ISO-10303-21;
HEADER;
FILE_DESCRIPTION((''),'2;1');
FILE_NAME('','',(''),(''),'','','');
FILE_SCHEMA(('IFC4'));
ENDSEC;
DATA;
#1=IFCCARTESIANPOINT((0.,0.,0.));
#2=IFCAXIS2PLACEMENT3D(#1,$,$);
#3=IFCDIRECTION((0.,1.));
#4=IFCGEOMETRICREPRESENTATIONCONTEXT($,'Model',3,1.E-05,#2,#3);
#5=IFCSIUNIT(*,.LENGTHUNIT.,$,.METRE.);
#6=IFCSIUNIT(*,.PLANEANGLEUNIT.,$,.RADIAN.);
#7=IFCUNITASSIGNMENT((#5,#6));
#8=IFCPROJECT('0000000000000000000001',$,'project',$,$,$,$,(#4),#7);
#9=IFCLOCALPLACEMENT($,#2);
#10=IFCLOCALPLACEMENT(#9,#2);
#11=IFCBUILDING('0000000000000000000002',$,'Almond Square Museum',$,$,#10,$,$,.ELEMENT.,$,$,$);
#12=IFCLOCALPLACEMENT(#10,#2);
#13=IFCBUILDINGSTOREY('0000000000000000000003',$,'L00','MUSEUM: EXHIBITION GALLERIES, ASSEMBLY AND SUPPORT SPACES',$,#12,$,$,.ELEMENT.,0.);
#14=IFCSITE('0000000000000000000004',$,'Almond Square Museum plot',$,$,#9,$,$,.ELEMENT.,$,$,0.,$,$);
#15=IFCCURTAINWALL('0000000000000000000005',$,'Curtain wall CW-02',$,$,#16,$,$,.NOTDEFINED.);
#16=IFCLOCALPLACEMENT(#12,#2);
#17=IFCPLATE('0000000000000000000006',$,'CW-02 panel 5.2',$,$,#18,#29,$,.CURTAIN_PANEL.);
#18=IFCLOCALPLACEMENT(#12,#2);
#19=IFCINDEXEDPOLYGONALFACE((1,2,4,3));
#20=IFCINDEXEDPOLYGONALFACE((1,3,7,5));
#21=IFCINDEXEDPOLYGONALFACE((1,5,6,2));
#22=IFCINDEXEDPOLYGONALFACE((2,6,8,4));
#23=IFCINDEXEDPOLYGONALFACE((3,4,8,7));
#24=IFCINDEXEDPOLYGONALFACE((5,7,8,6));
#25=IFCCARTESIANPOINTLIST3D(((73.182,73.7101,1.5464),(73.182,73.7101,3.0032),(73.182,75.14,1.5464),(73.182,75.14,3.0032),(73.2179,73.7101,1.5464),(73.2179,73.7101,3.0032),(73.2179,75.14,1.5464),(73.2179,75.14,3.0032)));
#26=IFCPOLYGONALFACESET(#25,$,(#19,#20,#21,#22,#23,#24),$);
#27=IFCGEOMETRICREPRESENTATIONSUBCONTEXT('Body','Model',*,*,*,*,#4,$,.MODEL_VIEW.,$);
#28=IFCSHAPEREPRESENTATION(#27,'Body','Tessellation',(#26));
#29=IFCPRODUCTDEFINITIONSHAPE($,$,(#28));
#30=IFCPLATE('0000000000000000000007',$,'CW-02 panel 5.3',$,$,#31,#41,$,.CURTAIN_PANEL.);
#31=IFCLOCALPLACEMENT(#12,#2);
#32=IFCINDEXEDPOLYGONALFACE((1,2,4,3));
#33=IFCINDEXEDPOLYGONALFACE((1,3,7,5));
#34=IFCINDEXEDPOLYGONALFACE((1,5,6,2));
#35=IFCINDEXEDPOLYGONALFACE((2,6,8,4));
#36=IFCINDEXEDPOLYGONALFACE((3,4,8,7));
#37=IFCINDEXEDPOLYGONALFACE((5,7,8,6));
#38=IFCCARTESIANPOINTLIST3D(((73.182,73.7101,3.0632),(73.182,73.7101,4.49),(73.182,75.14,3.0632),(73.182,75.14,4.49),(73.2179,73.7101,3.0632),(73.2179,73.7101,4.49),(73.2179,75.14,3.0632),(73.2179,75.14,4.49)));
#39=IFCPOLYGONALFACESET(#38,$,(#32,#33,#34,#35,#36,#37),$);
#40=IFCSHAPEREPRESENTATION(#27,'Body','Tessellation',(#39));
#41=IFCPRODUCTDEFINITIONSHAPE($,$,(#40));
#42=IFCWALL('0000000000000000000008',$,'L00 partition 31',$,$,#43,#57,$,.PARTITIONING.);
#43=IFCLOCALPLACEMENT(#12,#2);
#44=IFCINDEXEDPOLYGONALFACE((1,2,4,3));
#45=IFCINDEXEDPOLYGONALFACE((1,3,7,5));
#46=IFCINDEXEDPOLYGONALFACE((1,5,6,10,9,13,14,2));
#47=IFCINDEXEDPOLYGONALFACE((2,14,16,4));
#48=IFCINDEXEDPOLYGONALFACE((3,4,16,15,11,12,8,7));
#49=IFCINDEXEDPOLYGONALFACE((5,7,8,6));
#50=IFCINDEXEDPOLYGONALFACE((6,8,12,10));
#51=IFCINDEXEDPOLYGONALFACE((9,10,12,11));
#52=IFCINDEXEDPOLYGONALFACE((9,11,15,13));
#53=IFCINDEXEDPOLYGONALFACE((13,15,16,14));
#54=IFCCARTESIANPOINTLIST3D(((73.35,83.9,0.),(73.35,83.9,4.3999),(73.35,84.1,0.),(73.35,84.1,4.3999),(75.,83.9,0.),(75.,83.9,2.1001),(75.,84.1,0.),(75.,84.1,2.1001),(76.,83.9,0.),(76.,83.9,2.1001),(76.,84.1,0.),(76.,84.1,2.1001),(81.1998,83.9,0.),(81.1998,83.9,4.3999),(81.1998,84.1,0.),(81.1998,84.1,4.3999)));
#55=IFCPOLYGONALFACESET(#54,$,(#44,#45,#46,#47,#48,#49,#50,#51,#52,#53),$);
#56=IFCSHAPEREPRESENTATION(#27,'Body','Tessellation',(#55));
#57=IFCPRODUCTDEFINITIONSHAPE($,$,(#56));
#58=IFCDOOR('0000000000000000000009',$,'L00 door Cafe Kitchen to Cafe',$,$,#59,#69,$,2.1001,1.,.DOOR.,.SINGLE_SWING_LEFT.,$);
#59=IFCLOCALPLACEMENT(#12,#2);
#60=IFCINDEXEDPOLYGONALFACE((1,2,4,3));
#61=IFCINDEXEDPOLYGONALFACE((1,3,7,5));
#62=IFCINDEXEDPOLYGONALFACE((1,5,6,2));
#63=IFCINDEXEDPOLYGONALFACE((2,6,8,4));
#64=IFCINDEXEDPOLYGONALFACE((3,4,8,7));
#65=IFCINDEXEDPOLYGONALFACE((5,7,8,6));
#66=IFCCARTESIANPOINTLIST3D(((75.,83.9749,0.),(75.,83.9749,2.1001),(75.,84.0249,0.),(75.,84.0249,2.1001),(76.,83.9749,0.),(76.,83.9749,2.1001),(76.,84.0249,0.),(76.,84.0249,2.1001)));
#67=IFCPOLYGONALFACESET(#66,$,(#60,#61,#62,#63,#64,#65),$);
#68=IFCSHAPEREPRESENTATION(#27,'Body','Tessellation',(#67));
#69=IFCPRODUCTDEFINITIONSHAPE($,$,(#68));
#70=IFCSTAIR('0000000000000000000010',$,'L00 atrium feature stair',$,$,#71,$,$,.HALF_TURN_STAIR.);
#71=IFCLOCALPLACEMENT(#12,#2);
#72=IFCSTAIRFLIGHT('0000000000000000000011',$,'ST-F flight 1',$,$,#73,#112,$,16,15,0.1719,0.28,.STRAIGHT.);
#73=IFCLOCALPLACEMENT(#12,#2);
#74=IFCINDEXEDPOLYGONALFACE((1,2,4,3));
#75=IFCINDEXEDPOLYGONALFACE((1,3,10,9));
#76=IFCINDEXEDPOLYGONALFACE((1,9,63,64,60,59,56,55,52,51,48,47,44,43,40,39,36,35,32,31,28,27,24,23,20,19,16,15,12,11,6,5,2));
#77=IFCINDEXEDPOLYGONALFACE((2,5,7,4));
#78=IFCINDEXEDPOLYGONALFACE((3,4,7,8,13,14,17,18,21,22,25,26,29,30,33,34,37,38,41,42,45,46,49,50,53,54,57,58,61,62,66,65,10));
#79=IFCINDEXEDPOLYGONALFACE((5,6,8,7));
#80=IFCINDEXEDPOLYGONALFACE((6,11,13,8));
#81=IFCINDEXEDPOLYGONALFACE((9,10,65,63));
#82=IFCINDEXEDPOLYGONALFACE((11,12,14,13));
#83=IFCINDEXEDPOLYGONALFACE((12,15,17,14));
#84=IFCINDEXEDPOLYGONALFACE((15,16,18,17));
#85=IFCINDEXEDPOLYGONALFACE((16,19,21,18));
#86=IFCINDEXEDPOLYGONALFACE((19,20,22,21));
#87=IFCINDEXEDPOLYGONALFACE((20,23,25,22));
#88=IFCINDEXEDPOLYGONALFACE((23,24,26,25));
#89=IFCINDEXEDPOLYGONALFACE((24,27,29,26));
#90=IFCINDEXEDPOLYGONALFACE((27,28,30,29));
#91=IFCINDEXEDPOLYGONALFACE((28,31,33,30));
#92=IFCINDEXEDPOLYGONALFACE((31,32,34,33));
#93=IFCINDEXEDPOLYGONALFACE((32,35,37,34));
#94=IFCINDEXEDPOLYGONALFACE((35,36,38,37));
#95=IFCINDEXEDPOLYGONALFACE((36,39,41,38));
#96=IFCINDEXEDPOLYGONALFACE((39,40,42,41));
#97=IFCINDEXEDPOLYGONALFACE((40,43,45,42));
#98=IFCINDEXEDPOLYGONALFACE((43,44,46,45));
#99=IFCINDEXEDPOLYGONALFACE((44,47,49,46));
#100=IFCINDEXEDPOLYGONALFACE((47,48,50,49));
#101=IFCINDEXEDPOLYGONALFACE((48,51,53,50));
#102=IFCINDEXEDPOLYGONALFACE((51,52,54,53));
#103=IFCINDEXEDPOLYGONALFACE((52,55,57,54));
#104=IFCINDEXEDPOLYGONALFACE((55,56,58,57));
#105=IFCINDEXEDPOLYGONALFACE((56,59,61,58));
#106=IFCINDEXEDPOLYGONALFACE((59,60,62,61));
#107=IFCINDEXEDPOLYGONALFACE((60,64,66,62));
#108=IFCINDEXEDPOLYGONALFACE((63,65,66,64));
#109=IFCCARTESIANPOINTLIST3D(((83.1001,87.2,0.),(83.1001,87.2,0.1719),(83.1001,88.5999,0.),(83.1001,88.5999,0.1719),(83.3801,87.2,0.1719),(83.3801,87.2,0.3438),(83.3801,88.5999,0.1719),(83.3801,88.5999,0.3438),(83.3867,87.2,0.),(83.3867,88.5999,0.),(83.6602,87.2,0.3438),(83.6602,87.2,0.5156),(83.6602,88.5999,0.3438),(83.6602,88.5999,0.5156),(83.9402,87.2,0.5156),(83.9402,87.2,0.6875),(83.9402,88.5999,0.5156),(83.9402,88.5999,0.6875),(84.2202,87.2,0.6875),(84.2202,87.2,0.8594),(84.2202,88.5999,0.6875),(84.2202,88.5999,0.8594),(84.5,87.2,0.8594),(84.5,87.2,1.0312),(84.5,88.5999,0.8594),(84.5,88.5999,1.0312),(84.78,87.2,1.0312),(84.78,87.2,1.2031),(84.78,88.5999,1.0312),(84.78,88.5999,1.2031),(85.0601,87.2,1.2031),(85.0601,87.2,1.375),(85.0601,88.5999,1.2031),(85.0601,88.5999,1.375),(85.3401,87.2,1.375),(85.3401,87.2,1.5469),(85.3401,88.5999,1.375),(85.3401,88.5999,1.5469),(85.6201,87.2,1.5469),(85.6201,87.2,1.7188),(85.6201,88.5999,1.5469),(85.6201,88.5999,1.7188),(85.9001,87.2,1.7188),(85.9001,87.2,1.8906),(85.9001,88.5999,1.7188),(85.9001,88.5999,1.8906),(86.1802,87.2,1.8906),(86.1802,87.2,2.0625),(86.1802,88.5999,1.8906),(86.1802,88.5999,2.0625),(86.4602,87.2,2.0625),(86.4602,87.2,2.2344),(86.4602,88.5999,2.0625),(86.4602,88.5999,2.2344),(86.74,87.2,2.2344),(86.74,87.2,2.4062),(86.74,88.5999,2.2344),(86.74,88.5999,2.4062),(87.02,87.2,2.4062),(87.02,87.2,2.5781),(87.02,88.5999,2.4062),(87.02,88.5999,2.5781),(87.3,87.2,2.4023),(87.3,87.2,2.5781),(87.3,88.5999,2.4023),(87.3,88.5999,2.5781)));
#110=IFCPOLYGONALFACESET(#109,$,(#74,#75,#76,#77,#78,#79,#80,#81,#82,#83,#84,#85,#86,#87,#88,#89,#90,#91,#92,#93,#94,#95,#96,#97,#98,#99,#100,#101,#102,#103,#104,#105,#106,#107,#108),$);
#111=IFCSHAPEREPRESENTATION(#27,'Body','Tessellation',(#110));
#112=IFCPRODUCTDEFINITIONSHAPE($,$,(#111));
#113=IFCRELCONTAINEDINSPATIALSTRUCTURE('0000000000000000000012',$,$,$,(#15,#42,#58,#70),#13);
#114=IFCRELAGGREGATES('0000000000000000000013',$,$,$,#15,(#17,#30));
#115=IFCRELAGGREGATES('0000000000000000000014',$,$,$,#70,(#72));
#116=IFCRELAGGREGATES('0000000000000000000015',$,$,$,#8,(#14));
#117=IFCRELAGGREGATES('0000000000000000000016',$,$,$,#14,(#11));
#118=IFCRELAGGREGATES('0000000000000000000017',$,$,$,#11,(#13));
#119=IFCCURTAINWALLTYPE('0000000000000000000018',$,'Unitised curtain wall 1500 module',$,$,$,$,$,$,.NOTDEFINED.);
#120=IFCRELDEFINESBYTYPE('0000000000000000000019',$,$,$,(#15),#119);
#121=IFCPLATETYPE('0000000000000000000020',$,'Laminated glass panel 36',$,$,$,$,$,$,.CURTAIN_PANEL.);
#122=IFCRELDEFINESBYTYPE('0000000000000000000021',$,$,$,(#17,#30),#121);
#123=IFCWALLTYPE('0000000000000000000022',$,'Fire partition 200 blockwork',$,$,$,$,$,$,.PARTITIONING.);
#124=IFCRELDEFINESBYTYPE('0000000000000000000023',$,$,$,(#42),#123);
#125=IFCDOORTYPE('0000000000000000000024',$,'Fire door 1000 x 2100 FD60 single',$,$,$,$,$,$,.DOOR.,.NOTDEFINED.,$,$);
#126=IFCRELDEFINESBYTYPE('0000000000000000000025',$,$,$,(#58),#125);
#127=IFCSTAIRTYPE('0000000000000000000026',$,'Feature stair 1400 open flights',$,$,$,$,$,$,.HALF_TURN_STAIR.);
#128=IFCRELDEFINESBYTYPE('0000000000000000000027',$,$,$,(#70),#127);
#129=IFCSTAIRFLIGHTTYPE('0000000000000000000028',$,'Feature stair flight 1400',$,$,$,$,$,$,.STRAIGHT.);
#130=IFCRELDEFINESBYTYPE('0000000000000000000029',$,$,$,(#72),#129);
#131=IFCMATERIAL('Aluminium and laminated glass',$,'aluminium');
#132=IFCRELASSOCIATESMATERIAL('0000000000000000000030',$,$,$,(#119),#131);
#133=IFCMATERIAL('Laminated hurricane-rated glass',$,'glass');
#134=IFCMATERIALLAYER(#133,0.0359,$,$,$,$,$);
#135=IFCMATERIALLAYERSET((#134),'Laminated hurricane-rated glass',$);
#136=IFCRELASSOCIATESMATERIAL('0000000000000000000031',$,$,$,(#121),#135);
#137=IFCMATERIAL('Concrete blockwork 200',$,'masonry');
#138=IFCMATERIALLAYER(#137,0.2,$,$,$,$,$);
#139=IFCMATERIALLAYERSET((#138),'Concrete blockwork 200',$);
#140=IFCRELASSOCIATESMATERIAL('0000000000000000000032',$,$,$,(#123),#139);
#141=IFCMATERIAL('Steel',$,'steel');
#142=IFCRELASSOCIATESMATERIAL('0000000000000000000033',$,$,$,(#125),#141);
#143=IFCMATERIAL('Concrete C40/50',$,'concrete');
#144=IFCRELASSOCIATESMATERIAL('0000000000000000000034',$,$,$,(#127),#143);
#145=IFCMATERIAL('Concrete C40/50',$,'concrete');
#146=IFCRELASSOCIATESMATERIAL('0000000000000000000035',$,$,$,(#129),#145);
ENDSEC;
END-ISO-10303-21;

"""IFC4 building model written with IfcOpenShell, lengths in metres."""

from ifc_helpers import new_model, si_unit, direction, frame, frame_2d, origin, origin_2d, place, context, subcontext, project, spatial, polyline, rectangle, outline, extrude, material, layer, layer_set, type_object, element, fill, aggregate, save


model = new_model("IFC4")

# Units and contexts
model_context = context("Model", 3, precision=1e-05, world=origin(), true_north=direction((0.0, 1.0)))
body_context = subcontext(model_context, "Body", "Model", "MODEL_VIEW")
ifc_project = project(units=[si_unit("LENGTHUNIT", "METRE"), si_unit("PLANEANGLEUNIT", "RADIAN")], contexts=[model_context])

# Site, building, storey
site_placement = place(None, origin())
site = spatial("IfcSite", under=ifc_project, at=site_placement, Name="Almond Square Museum plot", CompositionType="ELEMENT", RefElevation=0.0)
building_placement = place(site_placement, origin())
building = spatial("IfcBuilding", under=site, at=building_placement, Name="Almond Square Museum", CompositionType="ELEMENT")
storey_placement = place(building_placement, origin())
storey = spatial("IfcBuildingStorey", under=building, at=storey_placement, Name="L00", Description="MUSEUM: EXHIBITION GALLERIES, ASSEMBLY AND SUPPORT SPACES", CompositionType="ELEMENT", Elevation=0.0)

# Curtain wall
ifc_material_1 = material(Name="Aluminium and laminated glass", Category="aluminium")
curtain_wall_type = type_object("IfcCurtainWallType", Name="Unitised curtain wall 1500 module", PredefinedType="NOTDEFINED", material=ifc_material_1)
curtain_wall_placement = place(storey_placement, origin())
curtain_wall = element("IfcCurtainWall", 1, at=curtain_wall_placement, inside=storey, type_object=curtain_wall_type, Name="Curtain wall CW-02", PredefinedType="NOTDEFINED")

# Plates
ifc_material_2 = material(Name="Laminated hurricane-rated glass", Category="glass")
ifc_layer_1 = layer(ifc_material_2, 0.0359)
ifc_layer_set_1 = layer_set([ifc_layer_1], Name="Laminated hurricane-rated glass")
plate_type = type_object("IfcPlateType", Name="Laminated glass panel 36", PredefinedType="CURTAIN_PANEL", material=ifc_layer_set_1)
plate_1_placement = place(storey_placement, frame((73.2, 74.425, 1.5464), z_axis=(0.0, 0.0, 1.0), x_axis=(0.0, 1.0, 0.0)))
plate_1 = element("IfcPlate", 2, at=plate_1_placement, type_object=plate_type, Name="CW-02 panel 5.2", PredefinedType="CURTAIN_PANEL", context=body_context, shape_type="SweptSolid", body=[
    extrude(rectangle(XDim=1.4299, YDim=0.0359, at=origin_2d()), origin(), (0.0, 0.0, 1.0), 1.4568),
])
plate_2_placement = place(storey_placement, frame((73.2, 74.425, 3.0632), z_axis=(0.0, 0.0, 1.0), x_axis=(0.0, 1.0, 0.0)))
plate_2 = element("IfcPlate", 3, at=plate_2_placement, type_object=plate_type, Name="CW-02 panel 5.3", PredefinedType="CURTAIN_PANEL", context=body_context, shape_type="SweptSolid", body=[
    extrude(rectangle(XDim=1.4299, YDim=0.0359, at=origin_2d()), origin(), (0.0, 0.0, 1.0), 1.4268),
])
aggregate(curtain_wall, [plate_1, plate_2])

# Wall, opening, door
ifc_material_3 = material(Name="Concrete blockwork 200", Category="masonry")
ifc_layer_2 = layer(ifc_material_3, 0.2)
ifc_layer_set_2 = layer_set([ifc_layer_2], Name="Concrete blockwork 200")
wall_type = type_object("IfcWallType", Name="Fire partition 200 blockwork", PredefinedType="PARTITIONING", material=ifc_layer_set_2)
wall_placement = place(storey_placement, frame((73.3501, 84.0, 0.0), z_axis=(0.0, 0.0, 1.0), x_axis=(1.0, 0.0, 0.0)))
wall = element("IfcWall", 4, at=wall_placement, inside=storey, type_object=wall_type, Name="L00 partition 31", PredefinedType="PARTITIONING", context=body_context, shape_type="SweptSolid", body=[
    extrude(rectangle(XDim=7.8499, YDim=0.2, at=frame_2d((3.9248, 0.0))), origin(), (0.0, 0.0, 1.0), 4.3999),
])
opening_placement = place(wall_placement, frame((1.6499, 0.0, 0.0)))
opening = element("IfcOpeningElement", 5, at=opening_placement, cuts=wall, PredefinedType="OPENING", context=body_context, shape_type="SweptSolid", body=[
    extrude(rectangle(XDim=1.0, YDim=2.1001, at=frame_2d((0.5, 1.05))), frame((0.0, 0.1099, 0.0), z_axis=(0.0, -1.0, 0.0), x_axis=(1.0, 0.0, 0.0)), (0.0, 0.0, 1.0), 0.22),
])
ifc_material_4 = material(Name="Steel", Category="steel")
door_type = type_object("IfcDoorType", Name="Fire door 1000 x 2100 FD60 single", OperationType="NOTDEFINED", PredefinedType="DOOR", material=ifc_material_4)
door_placement = place(opening_placement, origin())
door = element("IfcDoor", 6, at=door_placement, inside=storey, type_object=door_type, Name="L00 door Cafe Kitchen to Cafe", OperationType="SINGLE_SWING_LEFT", OverallHeight=2.1001, OverallWidth=1.0, PredefinedType="DOOR", context=body_context, shape_type="SweptSolid", body=[
    extrude(rectangle(XDim=1.0, YDim=2.1001, at=frame_2d((0.5, 1.05))), frame((0.0, 0.0249, 0.0), z_axis=(0.0, -1.0, 0.0), x_axis=(1.0, 0.0, 0.0)), (0.0, 0.0, 1.0), 0.05),
])
fill(opening, door)

# Stair, stair flight
ifc_material_5 = material(Name="Concrete C40/50", Category="concrete")
stair_type = type_object("IfcStairType", Name="Feature stair 1400 open flights", PredefinedType="HALF_TURN_STAIR", material=ifc_material_5)
stair_placement = place(storey_placement, origin())
stair = element("IfcStair", 7, at=stair_placement, inside=storey, type_object=stair_type, Name="L00 atrium feature stair", PredefinedType="HALF_TURN_STAIR")
ifc_material_6 = material(Name="Concrete C40/50", Category="concrete")
stair_flight_type = type_object("IfcStairFlightType", Name="Feature stair flight 1400", PredefinedType="STRAIGHT", material=ifc_material_6)
stair_flight_placement = place(storey_placement, frame((83.1001, 87.8999, 0.0), z_axis=(0.0, 0.0, 1.0), x_axis=(1.0, 0.0, 0.0)))
stair_flight = element("IfcStairFlight", 8, at=stair_flight_placement, type_object=stair_flight_type, Name="ST-F flight 1", NumberOfRisers=16, NumberOfTreads=15, PredefinedType="STRAIGHT", RiserHeight=0.1719, TreadLength=0.28, context=body_context, shape_type="SweptSolid", body=[
    extrude(outline(polyline([(0.0, 0.0), (0.0, 0.1719), (0.28, 0.1719), (0.28, 0.3438), (0.5601, 0.3438), (0.5601, 0.5156), (0.8401, 0.5156), (0.8401, 0.6875), (1.1201, 0.6875), (1.1201, 0.8594), (1.3999, 0.8594), (1.3999, 1.0312), (1.6799, 1.0312), (1.6799, 1.2031), (1.96, 1.2031), (1.96, 1.375), (2.24, 1.375), (2.24, 1.5469), (2.52, 1.5469), (2.52, 1.7188), (2.8, 1.7188), (2.8, 1.8906), (3.0801, 1.8906), (3.0801, 2.0625), (3.3601, 2.0625), (3.3601, 2.2344), (3.6399, 2.2344), (3.6399, 2.4062), (3.9199, 2.4062), (3.9199, 2.5781), (4.2, 2.5781), (4.2, 2.75), (4.2, 2.4023), (0.2866, 0.0), (0.0, 0.0)])), frame((0.0, 0.7, 0.0), z_axis=(0.0, -1.0, 0.0), x_axis=(1.0, 0.0, 0.0)), (0.0, 0.0, 1.0), 1.3999),
])
aggregate(stair, [stair_flight])

save(model, "model.ifc")
